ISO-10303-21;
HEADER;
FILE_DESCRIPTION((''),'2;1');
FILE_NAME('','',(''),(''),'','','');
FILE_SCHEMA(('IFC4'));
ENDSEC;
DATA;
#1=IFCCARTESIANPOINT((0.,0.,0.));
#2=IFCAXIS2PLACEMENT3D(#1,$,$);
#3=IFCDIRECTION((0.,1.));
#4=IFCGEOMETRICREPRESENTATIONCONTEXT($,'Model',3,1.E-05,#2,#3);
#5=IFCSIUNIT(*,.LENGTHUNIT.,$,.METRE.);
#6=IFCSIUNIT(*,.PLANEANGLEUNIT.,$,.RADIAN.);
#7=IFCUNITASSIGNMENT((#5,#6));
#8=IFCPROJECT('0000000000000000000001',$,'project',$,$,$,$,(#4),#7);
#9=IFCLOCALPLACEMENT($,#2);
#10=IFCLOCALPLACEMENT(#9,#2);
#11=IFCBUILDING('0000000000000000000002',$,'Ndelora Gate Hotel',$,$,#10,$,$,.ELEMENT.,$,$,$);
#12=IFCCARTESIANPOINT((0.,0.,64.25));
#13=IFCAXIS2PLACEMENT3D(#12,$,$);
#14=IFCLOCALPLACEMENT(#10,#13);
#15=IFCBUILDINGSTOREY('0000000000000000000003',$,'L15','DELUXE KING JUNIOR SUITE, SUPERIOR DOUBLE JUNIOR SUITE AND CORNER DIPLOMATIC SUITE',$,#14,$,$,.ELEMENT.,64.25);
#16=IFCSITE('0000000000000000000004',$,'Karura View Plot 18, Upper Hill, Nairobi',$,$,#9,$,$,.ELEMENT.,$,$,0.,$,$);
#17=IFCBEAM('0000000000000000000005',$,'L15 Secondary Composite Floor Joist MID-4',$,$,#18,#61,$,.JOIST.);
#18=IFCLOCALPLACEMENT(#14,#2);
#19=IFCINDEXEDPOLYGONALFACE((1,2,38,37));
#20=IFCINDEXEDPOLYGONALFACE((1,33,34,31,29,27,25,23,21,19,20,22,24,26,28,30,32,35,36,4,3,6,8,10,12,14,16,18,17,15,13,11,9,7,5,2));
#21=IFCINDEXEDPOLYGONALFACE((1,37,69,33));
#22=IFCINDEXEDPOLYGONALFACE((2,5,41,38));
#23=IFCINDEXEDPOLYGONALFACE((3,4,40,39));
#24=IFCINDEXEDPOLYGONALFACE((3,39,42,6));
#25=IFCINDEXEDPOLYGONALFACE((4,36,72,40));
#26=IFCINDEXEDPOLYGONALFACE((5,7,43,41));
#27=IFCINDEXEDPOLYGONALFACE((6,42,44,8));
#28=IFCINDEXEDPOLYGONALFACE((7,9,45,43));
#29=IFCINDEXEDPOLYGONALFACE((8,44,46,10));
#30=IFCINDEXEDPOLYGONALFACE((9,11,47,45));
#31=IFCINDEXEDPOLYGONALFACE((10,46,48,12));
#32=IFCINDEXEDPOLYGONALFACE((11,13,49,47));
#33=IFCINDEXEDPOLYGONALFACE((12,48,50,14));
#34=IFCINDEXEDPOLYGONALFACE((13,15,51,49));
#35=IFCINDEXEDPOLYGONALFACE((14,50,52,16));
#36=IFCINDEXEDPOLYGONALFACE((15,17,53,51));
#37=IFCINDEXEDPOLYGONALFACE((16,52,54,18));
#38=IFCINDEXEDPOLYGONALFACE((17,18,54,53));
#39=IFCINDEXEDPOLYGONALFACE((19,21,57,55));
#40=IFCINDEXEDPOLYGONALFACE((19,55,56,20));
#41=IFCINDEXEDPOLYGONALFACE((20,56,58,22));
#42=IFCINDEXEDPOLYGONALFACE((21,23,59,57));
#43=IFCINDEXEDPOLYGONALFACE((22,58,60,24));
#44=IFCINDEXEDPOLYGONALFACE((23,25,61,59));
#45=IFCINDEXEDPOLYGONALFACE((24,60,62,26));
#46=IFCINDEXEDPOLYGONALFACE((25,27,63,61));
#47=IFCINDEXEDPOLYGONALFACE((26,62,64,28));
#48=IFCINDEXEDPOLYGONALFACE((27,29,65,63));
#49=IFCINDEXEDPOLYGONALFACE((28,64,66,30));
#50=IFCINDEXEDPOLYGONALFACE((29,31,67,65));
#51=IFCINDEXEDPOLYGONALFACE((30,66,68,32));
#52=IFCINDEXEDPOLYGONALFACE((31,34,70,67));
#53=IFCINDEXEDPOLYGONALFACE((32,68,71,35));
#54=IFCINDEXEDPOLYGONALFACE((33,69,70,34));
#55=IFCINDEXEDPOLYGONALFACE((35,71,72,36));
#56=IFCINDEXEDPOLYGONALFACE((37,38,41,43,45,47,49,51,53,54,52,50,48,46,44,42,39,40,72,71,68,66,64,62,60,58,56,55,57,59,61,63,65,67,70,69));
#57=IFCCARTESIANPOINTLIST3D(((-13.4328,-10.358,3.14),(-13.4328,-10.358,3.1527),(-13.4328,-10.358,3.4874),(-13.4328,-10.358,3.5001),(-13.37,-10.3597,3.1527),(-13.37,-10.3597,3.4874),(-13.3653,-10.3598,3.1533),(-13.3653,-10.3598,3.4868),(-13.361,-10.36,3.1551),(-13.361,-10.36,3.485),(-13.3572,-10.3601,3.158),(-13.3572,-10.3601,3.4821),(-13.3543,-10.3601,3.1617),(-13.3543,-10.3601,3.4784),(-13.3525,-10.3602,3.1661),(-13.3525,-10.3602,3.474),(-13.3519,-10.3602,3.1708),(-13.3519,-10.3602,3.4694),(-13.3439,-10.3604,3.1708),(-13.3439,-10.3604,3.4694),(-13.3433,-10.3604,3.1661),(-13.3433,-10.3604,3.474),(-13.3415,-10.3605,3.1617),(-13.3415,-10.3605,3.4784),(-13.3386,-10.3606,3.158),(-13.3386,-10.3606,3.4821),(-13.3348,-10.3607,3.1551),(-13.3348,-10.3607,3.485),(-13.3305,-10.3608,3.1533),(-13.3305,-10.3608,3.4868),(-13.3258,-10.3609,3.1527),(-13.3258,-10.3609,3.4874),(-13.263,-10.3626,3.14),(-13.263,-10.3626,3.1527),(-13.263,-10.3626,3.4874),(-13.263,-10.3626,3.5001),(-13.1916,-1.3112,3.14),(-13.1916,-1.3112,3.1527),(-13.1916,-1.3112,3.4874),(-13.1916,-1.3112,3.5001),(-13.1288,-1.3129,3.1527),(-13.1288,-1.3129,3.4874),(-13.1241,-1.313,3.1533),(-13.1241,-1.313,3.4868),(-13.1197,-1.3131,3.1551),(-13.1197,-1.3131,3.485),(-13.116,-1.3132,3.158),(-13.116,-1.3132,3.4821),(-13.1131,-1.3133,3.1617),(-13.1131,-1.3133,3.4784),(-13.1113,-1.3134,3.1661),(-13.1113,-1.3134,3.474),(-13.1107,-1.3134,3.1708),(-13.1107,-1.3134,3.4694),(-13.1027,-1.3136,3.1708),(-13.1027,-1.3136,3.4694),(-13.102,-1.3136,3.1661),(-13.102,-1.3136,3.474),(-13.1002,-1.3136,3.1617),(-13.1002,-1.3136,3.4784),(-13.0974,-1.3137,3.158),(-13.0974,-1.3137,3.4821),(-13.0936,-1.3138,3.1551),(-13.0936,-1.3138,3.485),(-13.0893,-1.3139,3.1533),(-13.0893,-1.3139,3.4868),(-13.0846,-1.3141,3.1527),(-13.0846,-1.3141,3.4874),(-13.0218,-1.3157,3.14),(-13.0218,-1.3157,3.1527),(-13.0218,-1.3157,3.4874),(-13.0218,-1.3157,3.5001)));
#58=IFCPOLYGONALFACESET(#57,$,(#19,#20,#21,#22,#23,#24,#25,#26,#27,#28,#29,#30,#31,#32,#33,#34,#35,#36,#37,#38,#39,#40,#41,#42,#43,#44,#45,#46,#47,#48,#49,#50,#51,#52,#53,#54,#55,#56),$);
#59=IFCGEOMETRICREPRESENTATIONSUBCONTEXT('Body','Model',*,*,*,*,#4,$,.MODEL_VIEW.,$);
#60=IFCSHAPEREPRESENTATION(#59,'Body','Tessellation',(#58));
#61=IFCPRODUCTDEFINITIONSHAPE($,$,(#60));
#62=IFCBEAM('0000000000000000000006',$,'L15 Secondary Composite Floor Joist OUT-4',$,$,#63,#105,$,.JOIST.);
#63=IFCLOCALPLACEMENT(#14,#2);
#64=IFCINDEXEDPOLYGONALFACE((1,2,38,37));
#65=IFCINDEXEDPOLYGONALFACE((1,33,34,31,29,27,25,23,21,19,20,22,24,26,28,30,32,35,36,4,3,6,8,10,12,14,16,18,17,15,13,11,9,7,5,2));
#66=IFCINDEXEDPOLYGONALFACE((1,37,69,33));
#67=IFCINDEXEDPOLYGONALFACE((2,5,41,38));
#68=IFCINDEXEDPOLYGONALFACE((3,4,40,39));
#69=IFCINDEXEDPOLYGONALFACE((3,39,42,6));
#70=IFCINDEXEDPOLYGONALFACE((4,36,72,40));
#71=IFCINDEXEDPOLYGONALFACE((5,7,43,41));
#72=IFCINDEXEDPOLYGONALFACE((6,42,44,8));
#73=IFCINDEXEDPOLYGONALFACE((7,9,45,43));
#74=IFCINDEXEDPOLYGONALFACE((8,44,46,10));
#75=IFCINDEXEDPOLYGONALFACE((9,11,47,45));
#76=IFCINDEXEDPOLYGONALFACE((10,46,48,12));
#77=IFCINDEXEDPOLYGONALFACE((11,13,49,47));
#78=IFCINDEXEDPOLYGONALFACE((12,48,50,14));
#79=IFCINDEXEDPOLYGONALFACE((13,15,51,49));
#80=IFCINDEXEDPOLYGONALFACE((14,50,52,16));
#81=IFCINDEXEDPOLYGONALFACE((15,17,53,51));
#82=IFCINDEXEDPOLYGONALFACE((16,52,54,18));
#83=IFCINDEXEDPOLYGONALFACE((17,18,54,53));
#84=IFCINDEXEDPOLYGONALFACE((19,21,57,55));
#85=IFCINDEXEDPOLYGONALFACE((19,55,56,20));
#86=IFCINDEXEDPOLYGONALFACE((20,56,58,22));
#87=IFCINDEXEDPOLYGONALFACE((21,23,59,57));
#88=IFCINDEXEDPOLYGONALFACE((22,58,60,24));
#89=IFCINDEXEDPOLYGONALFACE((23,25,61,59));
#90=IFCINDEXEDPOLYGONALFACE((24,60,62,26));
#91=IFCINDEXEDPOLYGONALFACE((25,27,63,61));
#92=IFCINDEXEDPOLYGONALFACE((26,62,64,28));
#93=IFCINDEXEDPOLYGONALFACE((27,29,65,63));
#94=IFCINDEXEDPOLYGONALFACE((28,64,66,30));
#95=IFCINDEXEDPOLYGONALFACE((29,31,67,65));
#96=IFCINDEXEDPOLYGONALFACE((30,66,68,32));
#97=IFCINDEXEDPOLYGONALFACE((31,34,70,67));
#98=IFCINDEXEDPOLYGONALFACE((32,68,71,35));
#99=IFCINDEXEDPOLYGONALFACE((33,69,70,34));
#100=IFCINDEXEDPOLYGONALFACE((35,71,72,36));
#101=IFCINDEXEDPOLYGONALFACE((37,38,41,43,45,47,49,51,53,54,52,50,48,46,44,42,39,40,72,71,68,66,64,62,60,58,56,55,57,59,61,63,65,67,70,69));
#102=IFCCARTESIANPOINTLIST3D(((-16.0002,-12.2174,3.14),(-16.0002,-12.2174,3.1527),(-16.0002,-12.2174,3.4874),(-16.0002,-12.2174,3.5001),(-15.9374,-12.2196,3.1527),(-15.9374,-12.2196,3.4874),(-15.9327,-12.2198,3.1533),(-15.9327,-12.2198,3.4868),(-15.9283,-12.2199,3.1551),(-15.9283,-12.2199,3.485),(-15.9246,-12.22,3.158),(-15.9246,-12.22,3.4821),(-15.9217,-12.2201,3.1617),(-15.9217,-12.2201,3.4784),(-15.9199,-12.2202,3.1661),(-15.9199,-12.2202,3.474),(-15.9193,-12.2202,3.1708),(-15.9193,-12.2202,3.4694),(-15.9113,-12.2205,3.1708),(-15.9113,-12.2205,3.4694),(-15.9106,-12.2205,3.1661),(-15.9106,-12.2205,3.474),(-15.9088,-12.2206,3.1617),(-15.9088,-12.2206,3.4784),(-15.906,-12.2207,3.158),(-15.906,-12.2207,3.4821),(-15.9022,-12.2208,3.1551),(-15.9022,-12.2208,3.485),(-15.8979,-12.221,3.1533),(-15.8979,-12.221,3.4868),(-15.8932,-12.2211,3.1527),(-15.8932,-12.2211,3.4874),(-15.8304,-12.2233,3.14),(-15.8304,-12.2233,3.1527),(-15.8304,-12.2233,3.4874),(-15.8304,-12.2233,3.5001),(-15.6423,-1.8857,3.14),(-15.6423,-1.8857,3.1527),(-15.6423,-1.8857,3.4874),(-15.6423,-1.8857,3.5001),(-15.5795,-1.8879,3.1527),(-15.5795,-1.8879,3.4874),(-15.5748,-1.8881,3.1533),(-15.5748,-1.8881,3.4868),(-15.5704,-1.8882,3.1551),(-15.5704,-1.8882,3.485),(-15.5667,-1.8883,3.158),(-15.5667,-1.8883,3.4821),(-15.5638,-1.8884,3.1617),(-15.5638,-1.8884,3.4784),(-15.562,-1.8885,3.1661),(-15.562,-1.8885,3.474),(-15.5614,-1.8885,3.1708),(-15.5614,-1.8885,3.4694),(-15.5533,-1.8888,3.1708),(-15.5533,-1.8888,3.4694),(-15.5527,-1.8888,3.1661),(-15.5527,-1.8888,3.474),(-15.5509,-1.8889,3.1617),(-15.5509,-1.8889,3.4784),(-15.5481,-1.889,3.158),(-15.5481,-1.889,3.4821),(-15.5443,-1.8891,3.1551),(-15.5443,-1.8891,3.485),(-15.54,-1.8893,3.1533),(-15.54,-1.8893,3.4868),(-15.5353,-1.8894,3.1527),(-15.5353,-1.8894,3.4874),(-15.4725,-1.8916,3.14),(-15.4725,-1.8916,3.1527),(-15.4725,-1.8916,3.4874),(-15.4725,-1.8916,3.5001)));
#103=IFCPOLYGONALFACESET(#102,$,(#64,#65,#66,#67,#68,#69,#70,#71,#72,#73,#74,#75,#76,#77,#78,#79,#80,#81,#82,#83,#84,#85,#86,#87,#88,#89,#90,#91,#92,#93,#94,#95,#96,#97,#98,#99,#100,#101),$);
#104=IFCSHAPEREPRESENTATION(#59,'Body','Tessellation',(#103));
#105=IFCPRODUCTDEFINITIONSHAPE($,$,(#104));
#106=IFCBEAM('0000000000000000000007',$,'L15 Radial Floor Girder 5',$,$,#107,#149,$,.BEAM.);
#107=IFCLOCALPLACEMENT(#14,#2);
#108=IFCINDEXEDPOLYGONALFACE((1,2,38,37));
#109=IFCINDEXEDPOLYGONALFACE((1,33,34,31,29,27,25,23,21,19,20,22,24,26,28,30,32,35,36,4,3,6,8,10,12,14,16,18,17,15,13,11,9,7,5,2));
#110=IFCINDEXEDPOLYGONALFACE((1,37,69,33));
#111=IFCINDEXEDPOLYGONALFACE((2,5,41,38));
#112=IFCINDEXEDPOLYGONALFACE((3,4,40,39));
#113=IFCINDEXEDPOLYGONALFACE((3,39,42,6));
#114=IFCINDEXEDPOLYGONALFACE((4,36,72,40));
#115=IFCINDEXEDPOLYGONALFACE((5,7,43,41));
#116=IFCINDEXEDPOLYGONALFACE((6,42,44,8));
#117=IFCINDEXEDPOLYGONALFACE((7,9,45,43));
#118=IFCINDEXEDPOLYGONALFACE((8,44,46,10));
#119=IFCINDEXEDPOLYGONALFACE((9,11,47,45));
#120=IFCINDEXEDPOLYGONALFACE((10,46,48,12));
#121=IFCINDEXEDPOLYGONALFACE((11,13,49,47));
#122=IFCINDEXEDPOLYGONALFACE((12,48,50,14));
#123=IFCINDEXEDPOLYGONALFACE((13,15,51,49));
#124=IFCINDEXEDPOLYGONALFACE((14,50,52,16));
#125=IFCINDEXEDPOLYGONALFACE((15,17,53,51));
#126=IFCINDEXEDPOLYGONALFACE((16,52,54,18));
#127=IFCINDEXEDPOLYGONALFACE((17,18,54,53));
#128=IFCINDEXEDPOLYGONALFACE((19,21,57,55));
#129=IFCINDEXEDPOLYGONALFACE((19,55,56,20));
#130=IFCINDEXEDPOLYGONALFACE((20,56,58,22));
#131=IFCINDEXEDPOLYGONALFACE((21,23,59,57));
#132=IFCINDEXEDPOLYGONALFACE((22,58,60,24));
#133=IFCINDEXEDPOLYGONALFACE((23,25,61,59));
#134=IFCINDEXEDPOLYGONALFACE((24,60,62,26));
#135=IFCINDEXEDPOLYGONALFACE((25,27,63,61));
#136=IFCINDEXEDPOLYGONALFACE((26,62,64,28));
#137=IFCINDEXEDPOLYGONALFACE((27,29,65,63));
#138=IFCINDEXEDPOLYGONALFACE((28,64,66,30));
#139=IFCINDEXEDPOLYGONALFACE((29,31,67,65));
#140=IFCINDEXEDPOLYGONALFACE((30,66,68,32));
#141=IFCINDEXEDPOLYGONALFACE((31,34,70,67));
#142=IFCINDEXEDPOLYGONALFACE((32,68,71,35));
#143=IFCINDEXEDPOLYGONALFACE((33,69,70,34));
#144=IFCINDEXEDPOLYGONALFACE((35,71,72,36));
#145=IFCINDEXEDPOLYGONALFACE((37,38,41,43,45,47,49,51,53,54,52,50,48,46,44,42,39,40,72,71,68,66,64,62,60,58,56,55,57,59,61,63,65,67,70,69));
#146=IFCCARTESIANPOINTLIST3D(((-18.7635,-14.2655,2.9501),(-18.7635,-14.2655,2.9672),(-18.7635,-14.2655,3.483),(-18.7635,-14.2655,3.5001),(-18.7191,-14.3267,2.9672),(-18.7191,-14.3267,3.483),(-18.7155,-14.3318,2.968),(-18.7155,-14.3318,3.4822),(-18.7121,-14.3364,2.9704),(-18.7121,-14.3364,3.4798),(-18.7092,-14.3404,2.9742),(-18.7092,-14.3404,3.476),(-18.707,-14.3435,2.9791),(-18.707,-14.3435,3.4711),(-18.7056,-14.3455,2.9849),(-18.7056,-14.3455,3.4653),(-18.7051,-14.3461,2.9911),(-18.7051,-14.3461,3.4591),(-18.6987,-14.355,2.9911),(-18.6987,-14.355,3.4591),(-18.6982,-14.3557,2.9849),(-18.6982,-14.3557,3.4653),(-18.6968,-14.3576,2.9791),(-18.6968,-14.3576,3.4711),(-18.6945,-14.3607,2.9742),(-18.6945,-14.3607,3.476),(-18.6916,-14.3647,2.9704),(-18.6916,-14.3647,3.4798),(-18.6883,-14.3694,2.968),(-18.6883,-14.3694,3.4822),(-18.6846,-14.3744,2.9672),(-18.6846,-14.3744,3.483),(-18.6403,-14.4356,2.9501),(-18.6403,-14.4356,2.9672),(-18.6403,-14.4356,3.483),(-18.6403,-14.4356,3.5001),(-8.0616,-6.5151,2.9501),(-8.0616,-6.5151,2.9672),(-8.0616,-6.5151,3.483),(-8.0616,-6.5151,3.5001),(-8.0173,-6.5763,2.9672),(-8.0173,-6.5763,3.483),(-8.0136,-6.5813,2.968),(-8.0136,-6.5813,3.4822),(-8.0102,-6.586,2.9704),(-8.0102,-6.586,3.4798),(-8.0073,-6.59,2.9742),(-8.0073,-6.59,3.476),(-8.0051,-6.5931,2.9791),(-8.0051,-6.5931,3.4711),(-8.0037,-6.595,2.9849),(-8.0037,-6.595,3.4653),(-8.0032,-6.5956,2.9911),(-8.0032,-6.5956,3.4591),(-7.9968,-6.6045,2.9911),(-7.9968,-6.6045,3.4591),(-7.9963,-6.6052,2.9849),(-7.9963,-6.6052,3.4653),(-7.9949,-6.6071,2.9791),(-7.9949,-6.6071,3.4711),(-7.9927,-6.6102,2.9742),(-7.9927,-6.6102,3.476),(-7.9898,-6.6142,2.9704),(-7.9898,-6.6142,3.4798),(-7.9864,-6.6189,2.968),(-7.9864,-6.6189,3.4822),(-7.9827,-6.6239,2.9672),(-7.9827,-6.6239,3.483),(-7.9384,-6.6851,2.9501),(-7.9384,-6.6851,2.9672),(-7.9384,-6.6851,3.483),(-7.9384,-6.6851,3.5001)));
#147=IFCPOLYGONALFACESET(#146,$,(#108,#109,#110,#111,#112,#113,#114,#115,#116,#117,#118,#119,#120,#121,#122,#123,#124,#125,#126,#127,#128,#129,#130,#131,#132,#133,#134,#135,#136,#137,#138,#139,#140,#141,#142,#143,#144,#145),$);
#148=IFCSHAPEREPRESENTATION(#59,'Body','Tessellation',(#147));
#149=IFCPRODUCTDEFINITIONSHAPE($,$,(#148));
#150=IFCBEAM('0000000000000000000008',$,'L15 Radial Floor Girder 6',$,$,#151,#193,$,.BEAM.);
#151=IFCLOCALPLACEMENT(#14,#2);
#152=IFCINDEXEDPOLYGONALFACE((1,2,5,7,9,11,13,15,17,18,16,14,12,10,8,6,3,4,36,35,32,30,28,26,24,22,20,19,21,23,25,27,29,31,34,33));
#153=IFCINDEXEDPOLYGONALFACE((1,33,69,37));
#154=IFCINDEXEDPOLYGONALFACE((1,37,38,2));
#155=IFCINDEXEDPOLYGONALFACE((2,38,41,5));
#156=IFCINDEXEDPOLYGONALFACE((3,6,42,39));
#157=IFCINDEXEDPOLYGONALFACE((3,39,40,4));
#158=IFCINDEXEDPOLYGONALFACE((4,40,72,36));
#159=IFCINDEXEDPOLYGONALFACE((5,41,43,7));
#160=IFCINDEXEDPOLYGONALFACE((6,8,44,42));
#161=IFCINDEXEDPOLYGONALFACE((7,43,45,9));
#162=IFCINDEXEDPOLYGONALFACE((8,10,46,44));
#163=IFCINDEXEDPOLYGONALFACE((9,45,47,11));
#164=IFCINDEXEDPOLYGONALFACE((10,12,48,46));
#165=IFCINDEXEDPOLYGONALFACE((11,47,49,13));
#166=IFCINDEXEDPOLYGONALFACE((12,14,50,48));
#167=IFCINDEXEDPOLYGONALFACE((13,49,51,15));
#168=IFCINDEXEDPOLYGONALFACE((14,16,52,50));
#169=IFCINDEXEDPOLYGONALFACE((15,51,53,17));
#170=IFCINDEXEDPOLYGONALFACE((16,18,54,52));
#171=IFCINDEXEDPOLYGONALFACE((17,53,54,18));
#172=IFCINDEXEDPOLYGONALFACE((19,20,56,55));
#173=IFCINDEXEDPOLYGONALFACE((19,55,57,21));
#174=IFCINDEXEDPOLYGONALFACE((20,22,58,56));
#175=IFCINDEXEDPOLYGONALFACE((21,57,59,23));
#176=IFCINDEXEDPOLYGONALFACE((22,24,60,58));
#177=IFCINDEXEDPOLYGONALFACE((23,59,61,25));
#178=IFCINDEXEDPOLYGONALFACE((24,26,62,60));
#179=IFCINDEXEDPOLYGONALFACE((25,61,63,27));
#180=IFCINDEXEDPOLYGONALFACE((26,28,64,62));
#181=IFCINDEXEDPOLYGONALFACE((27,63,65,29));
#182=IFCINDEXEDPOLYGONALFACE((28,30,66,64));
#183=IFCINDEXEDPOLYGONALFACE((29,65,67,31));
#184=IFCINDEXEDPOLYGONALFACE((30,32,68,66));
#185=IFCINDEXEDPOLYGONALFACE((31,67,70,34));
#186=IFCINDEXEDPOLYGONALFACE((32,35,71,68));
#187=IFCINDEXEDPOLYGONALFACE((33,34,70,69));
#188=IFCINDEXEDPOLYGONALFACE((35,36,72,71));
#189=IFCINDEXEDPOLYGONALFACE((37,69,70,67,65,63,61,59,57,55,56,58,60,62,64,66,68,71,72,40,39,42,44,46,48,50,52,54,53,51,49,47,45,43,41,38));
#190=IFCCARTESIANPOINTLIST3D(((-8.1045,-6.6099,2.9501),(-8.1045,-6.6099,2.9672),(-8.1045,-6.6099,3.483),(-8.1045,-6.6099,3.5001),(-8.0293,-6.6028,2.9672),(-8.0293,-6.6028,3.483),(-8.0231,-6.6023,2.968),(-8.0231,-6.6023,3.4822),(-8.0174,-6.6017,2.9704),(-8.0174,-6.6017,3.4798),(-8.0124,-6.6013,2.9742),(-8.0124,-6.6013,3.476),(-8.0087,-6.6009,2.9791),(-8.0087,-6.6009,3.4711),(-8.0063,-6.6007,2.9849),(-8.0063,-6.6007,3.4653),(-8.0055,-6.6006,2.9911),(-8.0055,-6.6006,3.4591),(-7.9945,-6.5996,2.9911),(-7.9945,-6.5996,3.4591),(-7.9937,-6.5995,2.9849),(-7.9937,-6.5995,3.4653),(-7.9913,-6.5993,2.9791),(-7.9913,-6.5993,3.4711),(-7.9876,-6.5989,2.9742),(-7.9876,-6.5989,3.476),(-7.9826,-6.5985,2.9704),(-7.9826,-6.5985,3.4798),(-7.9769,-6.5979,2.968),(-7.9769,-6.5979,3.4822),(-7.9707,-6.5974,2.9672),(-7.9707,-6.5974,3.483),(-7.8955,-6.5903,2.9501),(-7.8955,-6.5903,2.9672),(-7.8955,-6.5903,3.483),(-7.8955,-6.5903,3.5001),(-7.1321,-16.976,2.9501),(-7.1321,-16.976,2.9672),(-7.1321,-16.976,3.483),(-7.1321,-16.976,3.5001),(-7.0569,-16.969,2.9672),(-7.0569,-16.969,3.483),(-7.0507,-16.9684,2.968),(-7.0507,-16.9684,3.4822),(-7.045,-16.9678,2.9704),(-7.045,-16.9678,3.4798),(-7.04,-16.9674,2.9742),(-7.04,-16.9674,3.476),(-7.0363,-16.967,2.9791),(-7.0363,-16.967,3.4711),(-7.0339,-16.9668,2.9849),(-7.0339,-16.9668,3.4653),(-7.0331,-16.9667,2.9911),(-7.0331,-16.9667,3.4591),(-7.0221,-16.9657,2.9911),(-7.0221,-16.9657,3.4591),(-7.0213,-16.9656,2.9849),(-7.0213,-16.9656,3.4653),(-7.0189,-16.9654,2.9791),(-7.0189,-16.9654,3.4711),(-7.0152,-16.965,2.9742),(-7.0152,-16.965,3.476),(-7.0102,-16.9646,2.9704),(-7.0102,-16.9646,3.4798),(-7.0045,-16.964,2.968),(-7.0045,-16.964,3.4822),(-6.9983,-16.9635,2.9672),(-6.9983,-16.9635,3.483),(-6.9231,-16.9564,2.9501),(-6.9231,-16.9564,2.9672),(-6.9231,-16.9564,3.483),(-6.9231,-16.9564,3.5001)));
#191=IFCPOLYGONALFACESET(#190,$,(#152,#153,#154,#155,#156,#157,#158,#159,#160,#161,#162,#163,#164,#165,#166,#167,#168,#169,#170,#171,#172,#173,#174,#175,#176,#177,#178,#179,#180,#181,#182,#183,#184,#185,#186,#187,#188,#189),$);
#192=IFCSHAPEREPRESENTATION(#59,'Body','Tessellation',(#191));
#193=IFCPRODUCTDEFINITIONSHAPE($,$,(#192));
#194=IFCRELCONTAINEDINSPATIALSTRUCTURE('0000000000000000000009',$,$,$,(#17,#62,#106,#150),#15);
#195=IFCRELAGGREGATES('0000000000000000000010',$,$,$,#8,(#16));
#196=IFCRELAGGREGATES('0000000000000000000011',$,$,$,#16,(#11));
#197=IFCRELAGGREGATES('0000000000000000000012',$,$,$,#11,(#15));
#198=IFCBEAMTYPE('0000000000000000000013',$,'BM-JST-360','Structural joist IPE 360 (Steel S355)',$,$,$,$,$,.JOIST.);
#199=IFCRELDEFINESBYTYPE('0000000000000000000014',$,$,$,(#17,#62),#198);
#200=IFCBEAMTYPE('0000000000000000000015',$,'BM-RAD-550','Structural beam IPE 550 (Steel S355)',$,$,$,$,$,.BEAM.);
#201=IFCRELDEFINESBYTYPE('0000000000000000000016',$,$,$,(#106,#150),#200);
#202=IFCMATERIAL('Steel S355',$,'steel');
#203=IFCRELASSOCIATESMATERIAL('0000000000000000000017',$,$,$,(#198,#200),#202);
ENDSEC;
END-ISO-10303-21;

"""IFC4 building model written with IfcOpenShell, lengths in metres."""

from ifc_helpers import new_model, si_unit, direction, frame, origin, origin_2d, place, context, subcontext, project, spatial, i_section, extrude, material, material_profile, profile_set, type_object, element, save


model = new_model("IFC4")

# Units and contexts
model_context = context("Model", 3, precision=1e-05, world=origin(), true_north=direction((0.0, 1.0)))
body_context = subcontext(model_context, "Body", "Model", "MODEL_VIEW")
ifc_project = project(units=[si_unit("LENGTHUNIT", "METRE"), si_unit("PLANEANGLEUNIT", "RADIAN")], contexts=[model_context])

# Site, building, storey
site_placement = place(None, origin())
site = spatial("IfcSite", under=ifc_project, at=site_placement, Name="Karura View Plot 18, Upper Hill, Nairobi", CompositionType="ELEMENT", RefElevation=0.0)
building_placement = place(site_placement, origin())
building = spatial("IfcBuilding", under=site, at=building_placement, Name="Ndelora Gate Hotel", CompositionType="ELEMENT")
storey_placement = place(building_placement, frame((0.0, 0.0, 64.25)))
storey = spatial("IfcBuildingStorey", under=building, at=storey_placement, Name="L15", Description="DELUXE KING JUNIOR SUITE, SUPERIOR DOUBLE JUNIOR SUITE AND CORNER DIPLOMATIC SUITE", CompositionType="ELEMENT", Elevation=64.25)

# Beams
ifc_material_1 = material(Name="Steel S355", Category="steel")
ifc_material_profile_1 = material_profile(ifc_material_1, i_section(OverallWidth=0.1699, OverallDepth=0.3601, WebThickness=0.0081, FlangeThickness=0.0127, FilletRadius=0.0181, at=origin_2d()), Name="IPE 360")
ifc_profile_set_1 = profile_set([ifc_material_profile_1], Name="Steel S355")
beam_type_1 = type_object("IfcBeamType", Name="BM-JST-360", Description="Structural joist IPE 360 (Steel S355)", PredefinedType="JOIST", material=ifc_profile_set_1)
beam_1_placement = place(storey_placement, frame((-13.1067, -1.3135, 3.3201), z_axis=(-0.026653, -0.999645, 0.0), x_axis=(0.999645, -0.026653, 0.0)))
element("IfcBeam", 1, at=beam_1_placement, inside=storey, type_object=beam_type_1, Name="L15 Secondary Composite Floor Joist MID-4", PredefinedType="JOIST", context=body_context, shape_type="SweptSolid", body=[
    extrude(i_section(OverallWidth=0.1699, OverallDepth=0.3601, WebThickness=0.0081, FlangeThickness=0.0127, FilletRadius=0.0181, at=origin_2d()), origin(), (0.0, 0.0, 1.0), 9.05),
])
beam_2_placement = place(storey_placement, frame((-15.5574, -1.8887, 3.3201), z_axis=(-0.034621, -0.999401, 0.0), x_axis=(0.999401, -0.034621, 0.0)))
element("IfcBeam", 2, at=beam_2_placement, inside=storey, type_object=beam_type_1, Name="L15 Secondary Composite Floor Joist OUT-4", PredefinedType="JOIST", context=body_context, shape_type="SweptSolid", body=[
    extrude(i_section(OverallWidth=0.1699, OverallDepth=0.3601, WebThickness=0.0081, FlangeThickness=0.0127, FilletRadius=0.0181, at=origin_2d()), origin(), (0.0, 0.0, 1.0), 10.3379),
])
ifc_material_profile_2 = material_profile(ifc_material_1, i_section(OverallWidth=0.21, OverallDepth=0.55, WebThickness=0.011, FlangeThickness=0.0171, FilletRadius=0.0239, at=origin_2d()), Name="IPE 550")
ifc_profile_set_2 = profile_set([ifc_material_profile_2], Name="Steel S355")
beam_type_2 = type_object("IfcBeamType", Name="BM-RAD-550", Description="Structural beam IPE 550 (Steel S355)", PredefinedType="BEAM", material=ifc_profile_set_2)
beam_3_placement = place(storey_placement, frame((-8.0, -6.6001, 3.2251), z_axis=(-0.809912, -0.586551, 0.0), x_axis=(0.586551, -0.809912, 0.0)))
element("IfcBeam", 3, at=beam_3_placement, inside=storey, type_object=beam_type_2, Name="L15 Radial Floor Girder 5", PredefinedType="BEAM", context=body_context, shape_type="SweptSolid", body=[
    extrude(i_section(OverallWidth=0.21, OverallDepth=0.55, WebThickness=0.011, FlangeThickness=0.0171, FilletRadius=0.0239, at=origin_2d()), origin(), (0.0, 0.0, 1.0), 13.2136),
])
beam_4_placement = place(storey_placement, frame((-8.0, -6.6001, 3.2251), z_axis=(0.093396, -0.995629, 0.0), x_axis=(0.995629, 0.093396, 0.0)))
element("IfcBeam", 4, at=beam_4_placement, inside=storey, type_object=beam_type_2, Name="L15 Radial Floor Girder 6", PredefinedType="BEAM", context=body_context, shape_type="SweptSolid", body=[
    extrude(i_section(OverallWidth=0.21, OverallDepth=0.55, WebThickness=0.011, FlangeThickness=0.0171, FilletRadius=0.0239, at=origin_2d()), origin(), (0.0, 0.0, 1.0), 10.4116),
])

save(model, "model.ifc")
